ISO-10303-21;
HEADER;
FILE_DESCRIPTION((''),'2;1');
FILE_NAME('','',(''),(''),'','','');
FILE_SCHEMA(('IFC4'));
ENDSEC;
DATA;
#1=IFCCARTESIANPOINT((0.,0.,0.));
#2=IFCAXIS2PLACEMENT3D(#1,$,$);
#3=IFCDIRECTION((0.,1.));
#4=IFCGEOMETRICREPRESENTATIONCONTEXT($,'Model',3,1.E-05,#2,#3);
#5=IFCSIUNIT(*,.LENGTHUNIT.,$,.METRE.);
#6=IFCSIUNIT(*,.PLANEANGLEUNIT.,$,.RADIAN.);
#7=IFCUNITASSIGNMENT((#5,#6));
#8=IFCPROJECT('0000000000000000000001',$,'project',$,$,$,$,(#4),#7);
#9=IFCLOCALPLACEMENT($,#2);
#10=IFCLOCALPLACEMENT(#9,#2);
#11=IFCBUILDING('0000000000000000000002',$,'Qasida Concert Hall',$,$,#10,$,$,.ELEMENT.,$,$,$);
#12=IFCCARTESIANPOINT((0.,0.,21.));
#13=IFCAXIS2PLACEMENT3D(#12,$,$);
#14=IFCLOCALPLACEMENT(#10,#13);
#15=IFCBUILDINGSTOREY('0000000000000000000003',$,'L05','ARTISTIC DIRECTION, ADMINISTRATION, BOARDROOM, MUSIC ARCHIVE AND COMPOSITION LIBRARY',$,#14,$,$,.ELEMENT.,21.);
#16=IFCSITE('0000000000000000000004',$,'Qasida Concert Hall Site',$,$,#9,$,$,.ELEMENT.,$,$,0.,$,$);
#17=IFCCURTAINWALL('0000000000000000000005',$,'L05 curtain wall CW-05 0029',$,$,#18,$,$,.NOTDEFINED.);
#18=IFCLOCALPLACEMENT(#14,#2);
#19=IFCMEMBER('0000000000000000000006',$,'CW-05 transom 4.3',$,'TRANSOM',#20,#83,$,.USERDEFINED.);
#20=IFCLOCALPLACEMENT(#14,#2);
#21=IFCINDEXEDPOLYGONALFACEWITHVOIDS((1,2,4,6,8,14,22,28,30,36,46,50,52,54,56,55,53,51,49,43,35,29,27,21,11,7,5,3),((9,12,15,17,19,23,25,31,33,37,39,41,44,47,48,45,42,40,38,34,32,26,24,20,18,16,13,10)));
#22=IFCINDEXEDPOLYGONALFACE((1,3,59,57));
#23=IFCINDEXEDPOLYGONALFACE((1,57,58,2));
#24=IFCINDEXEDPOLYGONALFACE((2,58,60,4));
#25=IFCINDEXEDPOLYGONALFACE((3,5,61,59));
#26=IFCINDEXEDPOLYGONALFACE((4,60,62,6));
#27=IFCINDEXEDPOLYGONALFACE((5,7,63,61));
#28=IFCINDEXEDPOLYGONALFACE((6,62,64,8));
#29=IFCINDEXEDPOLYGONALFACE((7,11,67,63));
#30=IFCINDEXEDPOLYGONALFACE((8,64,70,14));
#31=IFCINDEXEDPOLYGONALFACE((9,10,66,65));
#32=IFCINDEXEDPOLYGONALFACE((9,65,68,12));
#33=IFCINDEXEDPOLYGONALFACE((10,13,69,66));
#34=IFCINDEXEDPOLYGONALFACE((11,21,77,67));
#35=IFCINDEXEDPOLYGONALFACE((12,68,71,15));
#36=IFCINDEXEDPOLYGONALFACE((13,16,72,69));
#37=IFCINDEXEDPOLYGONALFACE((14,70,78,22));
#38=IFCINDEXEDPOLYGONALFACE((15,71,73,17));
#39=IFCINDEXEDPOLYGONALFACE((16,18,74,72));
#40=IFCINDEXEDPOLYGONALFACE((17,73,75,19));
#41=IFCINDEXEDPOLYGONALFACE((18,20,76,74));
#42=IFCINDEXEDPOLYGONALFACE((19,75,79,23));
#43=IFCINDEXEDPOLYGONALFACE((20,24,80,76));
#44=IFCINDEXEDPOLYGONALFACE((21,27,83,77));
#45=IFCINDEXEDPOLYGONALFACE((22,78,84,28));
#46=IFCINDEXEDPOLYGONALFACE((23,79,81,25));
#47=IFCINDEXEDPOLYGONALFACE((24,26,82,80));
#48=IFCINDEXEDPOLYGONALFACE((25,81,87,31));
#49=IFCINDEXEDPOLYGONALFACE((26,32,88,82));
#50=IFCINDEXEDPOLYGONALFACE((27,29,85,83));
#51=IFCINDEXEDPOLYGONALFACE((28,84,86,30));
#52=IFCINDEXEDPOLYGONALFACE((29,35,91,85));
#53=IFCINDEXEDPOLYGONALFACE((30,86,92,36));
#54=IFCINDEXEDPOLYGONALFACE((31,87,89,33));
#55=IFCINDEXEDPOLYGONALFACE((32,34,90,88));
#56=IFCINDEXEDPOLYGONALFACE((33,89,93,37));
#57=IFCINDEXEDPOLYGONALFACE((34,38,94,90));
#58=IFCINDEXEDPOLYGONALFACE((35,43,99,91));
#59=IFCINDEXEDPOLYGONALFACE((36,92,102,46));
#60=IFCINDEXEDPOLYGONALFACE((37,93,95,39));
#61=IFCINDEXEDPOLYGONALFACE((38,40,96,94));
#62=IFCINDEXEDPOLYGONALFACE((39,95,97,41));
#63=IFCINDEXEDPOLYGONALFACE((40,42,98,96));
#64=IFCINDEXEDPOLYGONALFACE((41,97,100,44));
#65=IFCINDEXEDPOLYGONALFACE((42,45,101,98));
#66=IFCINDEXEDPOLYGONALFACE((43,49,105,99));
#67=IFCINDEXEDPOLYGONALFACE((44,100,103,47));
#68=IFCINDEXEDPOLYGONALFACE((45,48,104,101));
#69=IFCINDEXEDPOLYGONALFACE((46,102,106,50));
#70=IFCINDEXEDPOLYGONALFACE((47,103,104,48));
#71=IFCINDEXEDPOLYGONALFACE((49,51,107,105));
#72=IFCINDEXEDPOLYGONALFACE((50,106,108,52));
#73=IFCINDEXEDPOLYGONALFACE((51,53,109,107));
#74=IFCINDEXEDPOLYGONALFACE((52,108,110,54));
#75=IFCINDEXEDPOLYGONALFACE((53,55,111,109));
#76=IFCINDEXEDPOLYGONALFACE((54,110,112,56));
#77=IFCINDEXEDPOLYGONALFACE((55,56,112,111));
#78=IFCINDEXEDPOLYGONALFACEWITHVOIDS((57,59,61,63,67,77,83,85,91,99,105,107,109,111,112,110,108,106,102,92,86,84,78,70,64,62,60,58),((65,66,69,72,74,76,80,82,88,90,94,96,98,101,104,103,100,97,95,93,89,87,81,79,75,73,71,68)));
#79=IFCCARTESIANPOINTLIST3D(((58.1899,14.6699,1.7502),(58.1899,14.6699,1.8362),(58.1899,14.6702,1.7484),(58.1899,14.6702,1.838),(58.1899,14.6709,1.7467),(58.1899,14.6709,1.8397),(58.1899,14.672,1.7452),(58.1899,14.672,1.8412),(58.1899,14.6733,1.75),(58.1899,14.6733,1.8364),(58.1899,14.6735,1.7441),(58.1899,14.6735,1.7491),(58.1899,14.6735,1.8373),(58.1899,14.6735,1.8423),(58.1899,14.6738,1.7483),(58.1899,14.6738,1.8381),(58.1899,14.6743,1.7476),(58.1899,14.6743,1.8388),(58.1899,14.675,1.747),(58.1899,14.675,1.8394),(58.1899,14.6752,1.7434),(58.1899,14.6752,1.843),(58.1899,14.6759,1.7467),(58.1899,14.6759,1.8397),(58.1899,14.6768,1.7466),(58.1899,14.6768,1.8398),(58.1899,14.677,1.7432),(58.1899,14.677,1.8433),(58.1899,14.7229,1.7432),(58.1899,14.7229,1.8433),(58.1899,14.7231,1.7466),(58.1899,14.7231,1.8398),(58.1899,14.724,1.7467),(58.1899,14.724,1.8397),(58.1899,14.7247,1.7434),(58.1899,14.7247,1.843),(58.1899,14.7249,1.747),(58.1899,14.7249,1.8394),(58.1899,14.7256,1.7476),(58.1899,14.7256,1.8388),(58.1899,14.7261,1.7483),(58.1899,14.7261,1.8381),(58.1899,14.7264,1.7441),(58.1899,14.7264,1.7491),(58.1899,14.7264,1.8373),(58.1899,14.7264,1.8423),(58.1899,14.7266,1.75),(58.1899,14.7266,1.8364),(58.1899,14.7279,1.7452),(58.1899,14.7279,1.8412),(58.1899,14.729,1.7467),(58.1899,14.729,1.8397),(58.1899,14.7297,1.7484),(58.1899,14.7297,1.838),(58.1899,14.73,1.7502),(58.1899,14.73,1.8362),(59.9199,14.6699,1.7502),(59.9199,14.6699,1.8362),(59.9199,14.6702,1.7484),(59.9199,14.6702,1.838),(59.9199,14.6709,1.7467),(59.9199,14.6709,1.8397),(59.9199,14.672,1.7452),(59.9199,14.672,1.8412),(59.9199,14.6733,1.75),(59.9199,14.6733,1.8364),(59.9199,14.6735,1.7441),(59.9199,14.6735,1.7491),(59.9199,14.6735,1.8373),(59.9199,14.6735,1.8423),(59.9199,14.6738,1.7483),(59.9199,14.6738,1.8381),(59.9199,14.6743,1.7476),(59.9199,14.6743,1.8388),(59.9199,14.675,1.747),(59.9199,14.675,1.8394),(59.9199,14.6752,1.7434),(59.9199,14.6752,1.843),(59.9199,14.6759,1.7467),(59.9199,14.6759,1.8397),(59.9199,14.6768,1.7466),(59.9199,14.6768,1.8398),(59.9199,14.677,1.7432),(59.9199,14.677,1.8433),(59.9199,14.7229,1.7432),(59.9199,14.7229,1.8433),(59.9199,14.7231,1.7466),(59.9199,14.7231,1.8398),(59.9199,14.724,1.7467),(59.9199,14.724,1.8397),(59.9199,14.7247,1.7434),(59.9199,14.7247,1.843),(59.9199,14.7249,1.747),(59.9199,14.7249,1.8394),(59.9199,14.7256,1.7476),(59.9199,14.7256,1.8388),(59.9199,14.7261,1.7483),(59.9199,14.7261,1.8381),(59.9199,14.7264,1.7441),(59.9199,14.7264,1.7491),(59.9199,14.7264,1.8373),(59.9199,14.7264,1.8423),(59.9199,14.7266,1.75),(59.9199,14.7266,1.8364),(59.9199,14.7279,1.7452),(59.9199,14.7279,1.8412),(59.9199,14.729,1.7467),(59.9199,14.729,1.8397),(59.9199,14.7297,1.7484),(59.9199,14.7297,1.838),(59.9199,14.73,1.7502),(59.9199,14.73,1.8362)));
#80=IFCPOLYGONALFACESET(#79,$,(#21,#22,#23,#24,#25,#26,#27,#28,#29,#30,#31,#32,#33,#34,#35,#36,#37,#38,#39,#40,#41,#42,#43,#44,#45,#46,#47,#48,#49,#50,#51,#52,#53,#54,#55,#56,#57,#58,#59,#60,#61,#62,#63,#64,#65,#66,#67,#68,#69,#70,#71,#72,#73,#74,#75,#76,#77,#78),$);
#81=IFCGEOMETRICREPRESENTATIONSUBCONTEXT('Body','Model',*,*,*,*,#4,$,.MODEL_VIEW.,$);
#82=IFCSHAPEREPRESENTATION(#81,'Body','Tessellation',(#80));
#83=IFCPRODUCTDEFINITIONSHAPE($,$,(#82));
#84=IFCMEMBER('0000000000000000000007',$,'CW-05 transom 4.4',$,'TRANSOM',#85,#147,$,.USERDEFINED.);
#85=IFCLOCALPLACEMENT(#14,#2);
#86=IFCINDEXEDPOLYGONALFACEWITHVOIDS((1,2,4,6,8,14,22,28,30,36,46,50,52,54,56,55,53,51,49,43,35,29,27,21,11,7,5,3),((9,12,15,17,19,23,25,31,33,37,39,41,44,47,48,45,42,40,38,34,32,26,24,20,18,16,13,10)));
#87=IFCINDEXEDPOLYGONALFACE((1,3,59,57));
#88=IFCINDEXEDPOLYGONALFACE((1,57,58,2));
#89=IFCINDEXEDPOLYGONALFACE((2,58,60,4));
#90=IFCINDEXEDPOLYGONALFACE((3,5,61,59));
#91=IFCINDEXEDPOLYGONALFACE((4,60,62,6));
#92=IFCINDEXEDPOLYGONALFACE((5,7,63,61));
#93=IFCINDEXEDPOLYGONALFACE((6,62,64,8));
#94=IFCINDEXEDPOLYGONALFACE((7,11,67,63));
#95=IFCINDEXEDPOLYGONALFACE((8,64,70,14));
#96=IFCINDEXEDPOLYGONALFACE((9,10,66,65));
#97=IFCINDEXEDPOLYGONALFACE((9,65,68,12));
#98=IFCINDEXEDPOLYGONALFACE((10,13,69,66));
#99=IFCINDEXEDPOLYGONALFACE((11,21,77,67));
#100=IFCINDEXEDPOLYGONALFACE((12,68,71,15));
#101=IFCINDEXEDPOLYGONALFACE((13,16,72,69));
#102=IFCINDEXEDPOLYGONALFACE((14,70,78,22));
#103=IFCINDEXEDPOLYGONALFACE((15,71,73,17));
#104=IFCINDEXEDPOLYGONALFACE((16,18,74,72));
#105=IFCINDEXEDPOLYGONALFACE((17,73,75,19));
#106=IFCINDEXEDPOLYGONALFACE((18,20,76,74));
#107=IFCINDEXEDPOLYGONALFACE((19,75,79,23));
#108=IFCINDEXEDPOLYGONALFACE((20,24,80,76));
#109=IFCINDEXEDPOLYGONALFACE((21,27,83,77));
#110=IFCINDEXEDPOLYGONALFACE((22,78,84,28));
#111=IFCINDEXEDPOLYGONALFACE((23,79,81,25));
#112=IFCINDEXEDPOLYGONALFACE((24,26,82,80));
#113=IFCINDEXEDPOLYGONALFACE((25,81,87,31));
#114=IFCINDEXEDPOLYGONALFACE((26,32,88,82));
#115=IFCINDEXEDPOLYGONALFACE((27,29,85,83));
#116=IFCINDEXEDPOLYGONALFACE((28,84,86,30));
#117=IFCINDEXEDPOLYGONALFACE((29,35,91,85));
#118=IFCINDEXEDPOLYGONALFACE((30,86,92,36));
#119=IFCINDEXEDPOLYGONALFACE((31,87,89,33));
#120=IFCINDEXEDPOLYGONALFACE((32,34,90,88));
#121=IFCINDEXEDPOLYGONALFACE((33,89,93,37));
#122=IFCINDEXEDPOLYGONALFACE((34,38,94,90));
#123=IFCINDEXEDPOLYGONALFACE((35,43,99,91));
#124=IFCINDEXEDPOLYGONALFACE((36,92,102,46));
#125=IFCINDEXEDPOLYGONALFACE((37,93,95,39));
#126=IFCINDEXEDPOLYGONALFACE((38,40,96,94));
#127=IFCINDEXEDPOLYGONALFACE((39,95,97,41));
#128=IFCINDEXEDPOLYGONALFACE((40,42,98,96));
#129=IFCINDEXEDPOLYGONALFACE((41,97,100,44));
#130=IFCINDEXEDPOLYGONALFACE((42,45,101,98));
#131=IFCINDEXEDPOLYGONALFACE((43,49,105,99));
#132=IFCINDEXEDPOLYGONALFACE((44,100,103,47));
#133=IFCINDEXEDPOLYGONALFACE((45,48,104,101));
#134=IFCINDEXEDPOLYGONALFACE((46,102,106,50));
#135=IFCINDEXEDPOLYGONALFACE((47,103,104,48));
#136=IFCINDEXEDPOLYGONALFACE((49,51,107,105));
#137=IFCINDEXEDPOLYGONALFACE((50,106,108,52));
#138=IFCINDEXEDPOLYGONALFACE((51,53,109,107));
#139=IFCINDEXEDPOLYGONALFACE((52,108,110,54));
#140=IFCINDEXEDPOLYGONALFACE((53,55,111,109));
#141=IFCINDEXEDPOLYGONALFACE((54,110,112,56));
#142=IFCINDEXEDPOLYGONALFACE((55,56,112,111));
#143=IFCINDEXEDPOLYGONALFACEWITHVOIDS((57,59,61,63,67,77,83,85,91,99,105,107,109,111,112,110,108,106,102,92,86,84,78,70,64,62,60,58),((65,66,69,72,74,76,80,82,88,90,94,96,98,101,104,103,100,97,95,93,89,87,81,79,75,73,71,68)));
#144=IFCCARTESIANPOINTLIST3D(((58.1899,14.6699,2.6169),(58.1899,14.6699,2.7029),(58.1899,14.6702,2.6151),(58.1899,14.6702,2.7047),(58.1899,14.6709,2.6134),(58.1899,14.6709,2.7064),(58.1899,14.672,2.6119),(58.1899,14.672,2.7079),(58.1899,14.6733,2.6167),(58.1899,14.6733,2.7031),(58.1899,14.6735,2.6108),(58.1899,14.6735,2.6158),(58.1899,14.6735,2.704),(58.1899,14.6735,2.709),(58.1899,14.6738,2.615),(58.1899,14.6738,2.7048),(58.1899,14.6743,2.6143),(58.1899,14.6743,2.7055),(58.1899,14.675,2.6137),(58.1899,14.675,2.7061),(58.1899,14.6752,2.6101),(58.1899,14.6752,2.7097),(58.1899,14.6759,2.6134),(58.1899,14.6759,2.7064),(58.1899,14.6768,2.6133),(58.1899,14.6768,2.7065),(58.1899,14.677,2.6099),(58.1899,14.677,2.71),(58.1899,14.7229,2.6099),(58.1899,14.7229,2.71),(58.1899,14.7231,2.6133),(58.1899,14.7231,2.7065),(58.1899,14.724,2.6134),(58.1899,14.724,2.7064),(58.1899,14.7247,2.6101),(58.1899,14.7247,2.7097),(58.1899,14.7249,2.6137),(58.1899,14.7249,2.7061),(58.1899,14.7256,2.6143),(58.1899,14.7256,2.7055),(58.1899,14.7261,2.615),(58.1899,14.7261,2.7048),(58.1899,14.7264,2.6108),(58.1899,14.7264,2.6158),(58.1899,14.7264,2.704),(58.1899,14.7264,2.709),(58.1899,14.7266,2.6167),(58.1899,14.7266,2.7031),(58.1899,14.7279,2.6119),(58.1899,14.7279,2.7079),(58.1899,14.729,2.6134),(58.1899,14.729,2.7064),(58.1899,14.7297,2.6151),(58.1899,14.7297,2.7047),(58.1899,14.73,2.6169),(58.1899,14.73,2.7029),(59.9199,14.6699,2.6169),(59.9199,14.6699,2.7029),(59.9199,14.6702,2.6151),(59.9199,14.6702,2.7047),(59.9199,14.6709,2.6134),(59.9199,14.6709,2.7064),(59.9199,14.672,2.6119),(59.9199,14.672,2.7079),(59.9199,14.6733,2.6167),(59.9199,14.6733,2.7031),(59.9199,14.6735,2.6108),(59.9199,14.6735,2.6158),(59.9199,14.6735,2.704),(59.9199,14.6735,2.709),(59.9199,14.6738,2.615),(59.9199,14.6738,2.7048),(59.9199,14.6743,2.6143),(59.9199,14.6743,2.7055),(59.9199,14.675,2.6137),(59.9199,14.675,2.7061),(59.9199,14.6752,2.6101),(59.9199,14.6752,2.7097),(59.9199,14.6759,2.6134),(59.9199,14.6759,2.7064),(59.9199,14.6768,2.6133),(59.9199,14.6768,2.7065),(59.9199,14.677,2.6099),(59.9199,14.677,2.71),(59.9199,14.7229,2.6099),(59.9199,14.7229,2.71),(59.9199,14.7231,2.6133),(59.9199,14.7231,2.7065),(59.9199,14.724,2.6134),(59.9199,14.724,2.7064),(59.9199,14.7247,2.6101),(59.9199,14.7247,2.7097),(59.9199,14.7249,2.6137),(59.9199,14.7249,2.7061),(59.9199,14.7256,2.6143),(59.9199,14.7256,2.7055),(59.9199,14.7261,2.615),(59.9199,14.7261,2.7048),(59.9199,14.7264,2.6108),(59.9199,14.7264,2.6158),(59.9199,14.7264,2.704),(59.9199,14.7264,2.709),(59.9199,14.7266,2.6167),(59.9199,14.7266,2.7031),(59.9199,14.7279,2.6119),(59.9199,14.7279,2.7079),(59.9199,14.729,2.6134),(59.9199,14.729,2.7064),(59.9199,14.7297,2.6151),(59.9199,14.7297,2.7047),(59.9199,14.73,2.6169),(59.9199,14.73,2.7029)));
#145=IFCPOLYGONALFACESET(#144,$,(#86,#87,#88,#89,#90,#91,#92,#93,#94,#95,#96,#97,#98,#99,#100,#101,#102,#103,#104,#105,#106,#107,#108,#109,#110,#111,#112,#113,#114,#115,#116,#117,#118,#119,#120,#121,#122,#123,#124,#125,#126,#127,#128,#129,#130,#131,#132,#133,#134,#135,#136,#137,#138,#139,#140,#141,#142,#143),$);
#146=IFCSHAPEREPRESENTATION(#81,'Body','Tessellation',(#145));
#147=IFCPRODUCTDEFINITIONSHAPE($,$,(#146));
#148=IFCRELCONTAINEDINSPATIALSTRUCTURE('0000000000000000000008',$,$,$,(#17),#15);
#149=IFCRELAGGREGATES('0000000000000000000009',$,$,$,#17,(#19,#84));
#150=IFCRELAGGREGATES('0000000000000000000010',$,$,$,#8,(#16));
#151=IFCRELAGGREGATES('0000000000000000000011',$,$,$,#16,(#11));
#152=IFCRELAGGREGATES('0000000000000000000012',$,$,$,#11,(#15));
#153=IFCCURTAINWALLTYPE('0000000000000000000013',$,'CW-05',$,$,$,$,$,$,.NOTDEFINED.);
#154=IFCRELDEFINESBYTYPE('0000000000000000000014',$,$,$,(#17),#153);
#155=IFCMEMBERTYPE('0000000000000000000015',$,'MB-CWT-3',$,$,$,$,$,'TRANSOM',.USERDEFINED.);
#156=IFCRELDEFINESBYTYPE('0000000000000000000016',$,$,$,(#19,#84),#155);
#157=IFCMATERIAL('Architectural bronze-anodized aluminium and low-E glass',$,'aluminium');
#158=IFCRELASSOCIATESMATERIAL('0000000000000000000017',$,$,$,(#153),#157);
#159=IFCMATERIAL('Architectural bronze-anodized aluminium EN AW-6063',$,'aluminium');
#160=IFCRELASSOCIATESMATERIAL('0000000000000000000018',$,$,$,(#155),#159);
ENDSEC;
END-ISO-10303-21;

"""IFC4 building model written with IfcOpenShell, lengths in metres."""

from ifc_helpers import new_model, si_unit, direction, frame, origin, origin_2d, place, context, subcontext, project, spatial, hollow_rectangle, extrude, material, material_profile, profile_set, type_object, element, aggregate, save


model = new_model("IFC4")

# Units and contexts
model_context = context("Model", 3, precision=1e-05, world=origin(), true_north=direction((0.0, 1.0)))
body_context = subcontext(model_context, "Body", "Model", "MODEL_VIEW")
ifc_project = project(units=[si_unit("LENGTHUNIT", "METRE"), si_unit("PLANEANGLEUNIT", "RADIAN")], contexts=[model_context])

# Site, building, storey
site_placement = place(None, origin())
site = spatial("IfcSite", under=ifc_project, at=site_placement, Name="Qasida Concert Hall Site", CompositionType="ELEMENT", RefElevation=0.0)
building_placement = place(site_placement, origin())
building = spatial("IfcBuilding", under=site, at=building_placement, Name="Qasida Concert Hall", CompositionType="ELEMENT")
storey_placement = place(building_placement, frame((0.0, 0.0, 21.0)))
storey = spatial("IfcBuildingStorey", under=building, at=storey_placement, Name="L05", Description="ARTISTIC DIRECTION, ADMINISTRATION, BOARDROOM, MUSIC ARCHIVE AND COMPOSITION LIBRARY", CompositionType="ELEMENT", Elevation=21.0)

# Curtain wall
ifc_material_1 = material(Name="Architectural bronze-anodized aluminium and low-E glass", Category="aluminium")
curtain_wall_type = type_object("IfcCurtainWallType", Name="CW-05", PredefinedType="NOTDEFINED", material=ifc_material_1)
curtain_wall_1_placement = place(storey_placement, origin())
curtain_wall_1 = element("IfcCurtainWall", 1, at=curtain_wall_1_placement, inside=storey, type_object=curtain_wall_type, Name="L05 curtain wall CW-05 0029", PredefinedType="NOTDEFINED")
ifc_material_2 = material(Name="Architectural bronze-anodized aluminium EN AW-6063", Category="aluminium")

# Members
ifc_material_profile_1 = material_profile(ifc_material_2, hollow_rectangle(XDim=0.0601, YDim=0.1001, WallThickness=0.0034, InnerFilletRadius=0.0034, OuterFilletRadius=0.0071, at=origin_2d()), Name="CWT 100x60x3.5")
ifc_profile_set_1 = profile_set([ifc_material_profile_1], Name="Architectural bronze-anodized aluminium EN AW-6063")
member_type_1 = type_object("IfcMemberType", Name="MB-CWT-3", ElementType="TRANSOM", PredefinedType="USERDEFINED", material=ifc_profile_set_1)
member_1_placement = place(storey_placement, frame((58.1899, 14.7, 1.7932), z_axis=(1.0, 0.0, 0.0), x_axis=(0.0, 1.0, 0.0)))
member_1 = element("IfcMember", 2, at=member_1_placement, type_object=member_type_1, Name="CW-05 transom 4.3", ObjectType="TRANSOM", PredefinedType="USERDEFINED", context=body_context, shape_type="SweptSolid", body=[
    extrude(hollow_rectangle(XDim=0.0601, YDim=0.1001, WallThickness=0.0034, InnerFilletRadius=0.0034, OuterFilletRadius=0.0071, at=origin_2d()), origin(), (0.0, 0.0, 1.0), 1.73),
])
member_2_placement = place(storey_placement, frame((58.1899, 14.7, 2.6599), z_axis=(1.0, 0.0, 0.0), x_axis=(0.0, 1.0, 0.0)))
member_2 = element("IfcMember", 3, at=member_2_placement, type_object=member_type_1, Name="CW-05 transom 4.4", ObjectType="TRANSOM", PredefinedType="USERDEFINED", context=body_context, shape_type="SweptSolid", body=[
    extrude(hollow_rectangle(XDim=0.0601, YDim=0.1001, WallThickness=0.0034, InnerFilletRadius=0.0034, OuterFilletRadius=0.0071, at=origin_2d()), origin(), (0.0, 0.0, 1.0), 1.73),
])

aggregate(curtain_wall_1, [member_1, member_2])

save(model, "model.ifc")
